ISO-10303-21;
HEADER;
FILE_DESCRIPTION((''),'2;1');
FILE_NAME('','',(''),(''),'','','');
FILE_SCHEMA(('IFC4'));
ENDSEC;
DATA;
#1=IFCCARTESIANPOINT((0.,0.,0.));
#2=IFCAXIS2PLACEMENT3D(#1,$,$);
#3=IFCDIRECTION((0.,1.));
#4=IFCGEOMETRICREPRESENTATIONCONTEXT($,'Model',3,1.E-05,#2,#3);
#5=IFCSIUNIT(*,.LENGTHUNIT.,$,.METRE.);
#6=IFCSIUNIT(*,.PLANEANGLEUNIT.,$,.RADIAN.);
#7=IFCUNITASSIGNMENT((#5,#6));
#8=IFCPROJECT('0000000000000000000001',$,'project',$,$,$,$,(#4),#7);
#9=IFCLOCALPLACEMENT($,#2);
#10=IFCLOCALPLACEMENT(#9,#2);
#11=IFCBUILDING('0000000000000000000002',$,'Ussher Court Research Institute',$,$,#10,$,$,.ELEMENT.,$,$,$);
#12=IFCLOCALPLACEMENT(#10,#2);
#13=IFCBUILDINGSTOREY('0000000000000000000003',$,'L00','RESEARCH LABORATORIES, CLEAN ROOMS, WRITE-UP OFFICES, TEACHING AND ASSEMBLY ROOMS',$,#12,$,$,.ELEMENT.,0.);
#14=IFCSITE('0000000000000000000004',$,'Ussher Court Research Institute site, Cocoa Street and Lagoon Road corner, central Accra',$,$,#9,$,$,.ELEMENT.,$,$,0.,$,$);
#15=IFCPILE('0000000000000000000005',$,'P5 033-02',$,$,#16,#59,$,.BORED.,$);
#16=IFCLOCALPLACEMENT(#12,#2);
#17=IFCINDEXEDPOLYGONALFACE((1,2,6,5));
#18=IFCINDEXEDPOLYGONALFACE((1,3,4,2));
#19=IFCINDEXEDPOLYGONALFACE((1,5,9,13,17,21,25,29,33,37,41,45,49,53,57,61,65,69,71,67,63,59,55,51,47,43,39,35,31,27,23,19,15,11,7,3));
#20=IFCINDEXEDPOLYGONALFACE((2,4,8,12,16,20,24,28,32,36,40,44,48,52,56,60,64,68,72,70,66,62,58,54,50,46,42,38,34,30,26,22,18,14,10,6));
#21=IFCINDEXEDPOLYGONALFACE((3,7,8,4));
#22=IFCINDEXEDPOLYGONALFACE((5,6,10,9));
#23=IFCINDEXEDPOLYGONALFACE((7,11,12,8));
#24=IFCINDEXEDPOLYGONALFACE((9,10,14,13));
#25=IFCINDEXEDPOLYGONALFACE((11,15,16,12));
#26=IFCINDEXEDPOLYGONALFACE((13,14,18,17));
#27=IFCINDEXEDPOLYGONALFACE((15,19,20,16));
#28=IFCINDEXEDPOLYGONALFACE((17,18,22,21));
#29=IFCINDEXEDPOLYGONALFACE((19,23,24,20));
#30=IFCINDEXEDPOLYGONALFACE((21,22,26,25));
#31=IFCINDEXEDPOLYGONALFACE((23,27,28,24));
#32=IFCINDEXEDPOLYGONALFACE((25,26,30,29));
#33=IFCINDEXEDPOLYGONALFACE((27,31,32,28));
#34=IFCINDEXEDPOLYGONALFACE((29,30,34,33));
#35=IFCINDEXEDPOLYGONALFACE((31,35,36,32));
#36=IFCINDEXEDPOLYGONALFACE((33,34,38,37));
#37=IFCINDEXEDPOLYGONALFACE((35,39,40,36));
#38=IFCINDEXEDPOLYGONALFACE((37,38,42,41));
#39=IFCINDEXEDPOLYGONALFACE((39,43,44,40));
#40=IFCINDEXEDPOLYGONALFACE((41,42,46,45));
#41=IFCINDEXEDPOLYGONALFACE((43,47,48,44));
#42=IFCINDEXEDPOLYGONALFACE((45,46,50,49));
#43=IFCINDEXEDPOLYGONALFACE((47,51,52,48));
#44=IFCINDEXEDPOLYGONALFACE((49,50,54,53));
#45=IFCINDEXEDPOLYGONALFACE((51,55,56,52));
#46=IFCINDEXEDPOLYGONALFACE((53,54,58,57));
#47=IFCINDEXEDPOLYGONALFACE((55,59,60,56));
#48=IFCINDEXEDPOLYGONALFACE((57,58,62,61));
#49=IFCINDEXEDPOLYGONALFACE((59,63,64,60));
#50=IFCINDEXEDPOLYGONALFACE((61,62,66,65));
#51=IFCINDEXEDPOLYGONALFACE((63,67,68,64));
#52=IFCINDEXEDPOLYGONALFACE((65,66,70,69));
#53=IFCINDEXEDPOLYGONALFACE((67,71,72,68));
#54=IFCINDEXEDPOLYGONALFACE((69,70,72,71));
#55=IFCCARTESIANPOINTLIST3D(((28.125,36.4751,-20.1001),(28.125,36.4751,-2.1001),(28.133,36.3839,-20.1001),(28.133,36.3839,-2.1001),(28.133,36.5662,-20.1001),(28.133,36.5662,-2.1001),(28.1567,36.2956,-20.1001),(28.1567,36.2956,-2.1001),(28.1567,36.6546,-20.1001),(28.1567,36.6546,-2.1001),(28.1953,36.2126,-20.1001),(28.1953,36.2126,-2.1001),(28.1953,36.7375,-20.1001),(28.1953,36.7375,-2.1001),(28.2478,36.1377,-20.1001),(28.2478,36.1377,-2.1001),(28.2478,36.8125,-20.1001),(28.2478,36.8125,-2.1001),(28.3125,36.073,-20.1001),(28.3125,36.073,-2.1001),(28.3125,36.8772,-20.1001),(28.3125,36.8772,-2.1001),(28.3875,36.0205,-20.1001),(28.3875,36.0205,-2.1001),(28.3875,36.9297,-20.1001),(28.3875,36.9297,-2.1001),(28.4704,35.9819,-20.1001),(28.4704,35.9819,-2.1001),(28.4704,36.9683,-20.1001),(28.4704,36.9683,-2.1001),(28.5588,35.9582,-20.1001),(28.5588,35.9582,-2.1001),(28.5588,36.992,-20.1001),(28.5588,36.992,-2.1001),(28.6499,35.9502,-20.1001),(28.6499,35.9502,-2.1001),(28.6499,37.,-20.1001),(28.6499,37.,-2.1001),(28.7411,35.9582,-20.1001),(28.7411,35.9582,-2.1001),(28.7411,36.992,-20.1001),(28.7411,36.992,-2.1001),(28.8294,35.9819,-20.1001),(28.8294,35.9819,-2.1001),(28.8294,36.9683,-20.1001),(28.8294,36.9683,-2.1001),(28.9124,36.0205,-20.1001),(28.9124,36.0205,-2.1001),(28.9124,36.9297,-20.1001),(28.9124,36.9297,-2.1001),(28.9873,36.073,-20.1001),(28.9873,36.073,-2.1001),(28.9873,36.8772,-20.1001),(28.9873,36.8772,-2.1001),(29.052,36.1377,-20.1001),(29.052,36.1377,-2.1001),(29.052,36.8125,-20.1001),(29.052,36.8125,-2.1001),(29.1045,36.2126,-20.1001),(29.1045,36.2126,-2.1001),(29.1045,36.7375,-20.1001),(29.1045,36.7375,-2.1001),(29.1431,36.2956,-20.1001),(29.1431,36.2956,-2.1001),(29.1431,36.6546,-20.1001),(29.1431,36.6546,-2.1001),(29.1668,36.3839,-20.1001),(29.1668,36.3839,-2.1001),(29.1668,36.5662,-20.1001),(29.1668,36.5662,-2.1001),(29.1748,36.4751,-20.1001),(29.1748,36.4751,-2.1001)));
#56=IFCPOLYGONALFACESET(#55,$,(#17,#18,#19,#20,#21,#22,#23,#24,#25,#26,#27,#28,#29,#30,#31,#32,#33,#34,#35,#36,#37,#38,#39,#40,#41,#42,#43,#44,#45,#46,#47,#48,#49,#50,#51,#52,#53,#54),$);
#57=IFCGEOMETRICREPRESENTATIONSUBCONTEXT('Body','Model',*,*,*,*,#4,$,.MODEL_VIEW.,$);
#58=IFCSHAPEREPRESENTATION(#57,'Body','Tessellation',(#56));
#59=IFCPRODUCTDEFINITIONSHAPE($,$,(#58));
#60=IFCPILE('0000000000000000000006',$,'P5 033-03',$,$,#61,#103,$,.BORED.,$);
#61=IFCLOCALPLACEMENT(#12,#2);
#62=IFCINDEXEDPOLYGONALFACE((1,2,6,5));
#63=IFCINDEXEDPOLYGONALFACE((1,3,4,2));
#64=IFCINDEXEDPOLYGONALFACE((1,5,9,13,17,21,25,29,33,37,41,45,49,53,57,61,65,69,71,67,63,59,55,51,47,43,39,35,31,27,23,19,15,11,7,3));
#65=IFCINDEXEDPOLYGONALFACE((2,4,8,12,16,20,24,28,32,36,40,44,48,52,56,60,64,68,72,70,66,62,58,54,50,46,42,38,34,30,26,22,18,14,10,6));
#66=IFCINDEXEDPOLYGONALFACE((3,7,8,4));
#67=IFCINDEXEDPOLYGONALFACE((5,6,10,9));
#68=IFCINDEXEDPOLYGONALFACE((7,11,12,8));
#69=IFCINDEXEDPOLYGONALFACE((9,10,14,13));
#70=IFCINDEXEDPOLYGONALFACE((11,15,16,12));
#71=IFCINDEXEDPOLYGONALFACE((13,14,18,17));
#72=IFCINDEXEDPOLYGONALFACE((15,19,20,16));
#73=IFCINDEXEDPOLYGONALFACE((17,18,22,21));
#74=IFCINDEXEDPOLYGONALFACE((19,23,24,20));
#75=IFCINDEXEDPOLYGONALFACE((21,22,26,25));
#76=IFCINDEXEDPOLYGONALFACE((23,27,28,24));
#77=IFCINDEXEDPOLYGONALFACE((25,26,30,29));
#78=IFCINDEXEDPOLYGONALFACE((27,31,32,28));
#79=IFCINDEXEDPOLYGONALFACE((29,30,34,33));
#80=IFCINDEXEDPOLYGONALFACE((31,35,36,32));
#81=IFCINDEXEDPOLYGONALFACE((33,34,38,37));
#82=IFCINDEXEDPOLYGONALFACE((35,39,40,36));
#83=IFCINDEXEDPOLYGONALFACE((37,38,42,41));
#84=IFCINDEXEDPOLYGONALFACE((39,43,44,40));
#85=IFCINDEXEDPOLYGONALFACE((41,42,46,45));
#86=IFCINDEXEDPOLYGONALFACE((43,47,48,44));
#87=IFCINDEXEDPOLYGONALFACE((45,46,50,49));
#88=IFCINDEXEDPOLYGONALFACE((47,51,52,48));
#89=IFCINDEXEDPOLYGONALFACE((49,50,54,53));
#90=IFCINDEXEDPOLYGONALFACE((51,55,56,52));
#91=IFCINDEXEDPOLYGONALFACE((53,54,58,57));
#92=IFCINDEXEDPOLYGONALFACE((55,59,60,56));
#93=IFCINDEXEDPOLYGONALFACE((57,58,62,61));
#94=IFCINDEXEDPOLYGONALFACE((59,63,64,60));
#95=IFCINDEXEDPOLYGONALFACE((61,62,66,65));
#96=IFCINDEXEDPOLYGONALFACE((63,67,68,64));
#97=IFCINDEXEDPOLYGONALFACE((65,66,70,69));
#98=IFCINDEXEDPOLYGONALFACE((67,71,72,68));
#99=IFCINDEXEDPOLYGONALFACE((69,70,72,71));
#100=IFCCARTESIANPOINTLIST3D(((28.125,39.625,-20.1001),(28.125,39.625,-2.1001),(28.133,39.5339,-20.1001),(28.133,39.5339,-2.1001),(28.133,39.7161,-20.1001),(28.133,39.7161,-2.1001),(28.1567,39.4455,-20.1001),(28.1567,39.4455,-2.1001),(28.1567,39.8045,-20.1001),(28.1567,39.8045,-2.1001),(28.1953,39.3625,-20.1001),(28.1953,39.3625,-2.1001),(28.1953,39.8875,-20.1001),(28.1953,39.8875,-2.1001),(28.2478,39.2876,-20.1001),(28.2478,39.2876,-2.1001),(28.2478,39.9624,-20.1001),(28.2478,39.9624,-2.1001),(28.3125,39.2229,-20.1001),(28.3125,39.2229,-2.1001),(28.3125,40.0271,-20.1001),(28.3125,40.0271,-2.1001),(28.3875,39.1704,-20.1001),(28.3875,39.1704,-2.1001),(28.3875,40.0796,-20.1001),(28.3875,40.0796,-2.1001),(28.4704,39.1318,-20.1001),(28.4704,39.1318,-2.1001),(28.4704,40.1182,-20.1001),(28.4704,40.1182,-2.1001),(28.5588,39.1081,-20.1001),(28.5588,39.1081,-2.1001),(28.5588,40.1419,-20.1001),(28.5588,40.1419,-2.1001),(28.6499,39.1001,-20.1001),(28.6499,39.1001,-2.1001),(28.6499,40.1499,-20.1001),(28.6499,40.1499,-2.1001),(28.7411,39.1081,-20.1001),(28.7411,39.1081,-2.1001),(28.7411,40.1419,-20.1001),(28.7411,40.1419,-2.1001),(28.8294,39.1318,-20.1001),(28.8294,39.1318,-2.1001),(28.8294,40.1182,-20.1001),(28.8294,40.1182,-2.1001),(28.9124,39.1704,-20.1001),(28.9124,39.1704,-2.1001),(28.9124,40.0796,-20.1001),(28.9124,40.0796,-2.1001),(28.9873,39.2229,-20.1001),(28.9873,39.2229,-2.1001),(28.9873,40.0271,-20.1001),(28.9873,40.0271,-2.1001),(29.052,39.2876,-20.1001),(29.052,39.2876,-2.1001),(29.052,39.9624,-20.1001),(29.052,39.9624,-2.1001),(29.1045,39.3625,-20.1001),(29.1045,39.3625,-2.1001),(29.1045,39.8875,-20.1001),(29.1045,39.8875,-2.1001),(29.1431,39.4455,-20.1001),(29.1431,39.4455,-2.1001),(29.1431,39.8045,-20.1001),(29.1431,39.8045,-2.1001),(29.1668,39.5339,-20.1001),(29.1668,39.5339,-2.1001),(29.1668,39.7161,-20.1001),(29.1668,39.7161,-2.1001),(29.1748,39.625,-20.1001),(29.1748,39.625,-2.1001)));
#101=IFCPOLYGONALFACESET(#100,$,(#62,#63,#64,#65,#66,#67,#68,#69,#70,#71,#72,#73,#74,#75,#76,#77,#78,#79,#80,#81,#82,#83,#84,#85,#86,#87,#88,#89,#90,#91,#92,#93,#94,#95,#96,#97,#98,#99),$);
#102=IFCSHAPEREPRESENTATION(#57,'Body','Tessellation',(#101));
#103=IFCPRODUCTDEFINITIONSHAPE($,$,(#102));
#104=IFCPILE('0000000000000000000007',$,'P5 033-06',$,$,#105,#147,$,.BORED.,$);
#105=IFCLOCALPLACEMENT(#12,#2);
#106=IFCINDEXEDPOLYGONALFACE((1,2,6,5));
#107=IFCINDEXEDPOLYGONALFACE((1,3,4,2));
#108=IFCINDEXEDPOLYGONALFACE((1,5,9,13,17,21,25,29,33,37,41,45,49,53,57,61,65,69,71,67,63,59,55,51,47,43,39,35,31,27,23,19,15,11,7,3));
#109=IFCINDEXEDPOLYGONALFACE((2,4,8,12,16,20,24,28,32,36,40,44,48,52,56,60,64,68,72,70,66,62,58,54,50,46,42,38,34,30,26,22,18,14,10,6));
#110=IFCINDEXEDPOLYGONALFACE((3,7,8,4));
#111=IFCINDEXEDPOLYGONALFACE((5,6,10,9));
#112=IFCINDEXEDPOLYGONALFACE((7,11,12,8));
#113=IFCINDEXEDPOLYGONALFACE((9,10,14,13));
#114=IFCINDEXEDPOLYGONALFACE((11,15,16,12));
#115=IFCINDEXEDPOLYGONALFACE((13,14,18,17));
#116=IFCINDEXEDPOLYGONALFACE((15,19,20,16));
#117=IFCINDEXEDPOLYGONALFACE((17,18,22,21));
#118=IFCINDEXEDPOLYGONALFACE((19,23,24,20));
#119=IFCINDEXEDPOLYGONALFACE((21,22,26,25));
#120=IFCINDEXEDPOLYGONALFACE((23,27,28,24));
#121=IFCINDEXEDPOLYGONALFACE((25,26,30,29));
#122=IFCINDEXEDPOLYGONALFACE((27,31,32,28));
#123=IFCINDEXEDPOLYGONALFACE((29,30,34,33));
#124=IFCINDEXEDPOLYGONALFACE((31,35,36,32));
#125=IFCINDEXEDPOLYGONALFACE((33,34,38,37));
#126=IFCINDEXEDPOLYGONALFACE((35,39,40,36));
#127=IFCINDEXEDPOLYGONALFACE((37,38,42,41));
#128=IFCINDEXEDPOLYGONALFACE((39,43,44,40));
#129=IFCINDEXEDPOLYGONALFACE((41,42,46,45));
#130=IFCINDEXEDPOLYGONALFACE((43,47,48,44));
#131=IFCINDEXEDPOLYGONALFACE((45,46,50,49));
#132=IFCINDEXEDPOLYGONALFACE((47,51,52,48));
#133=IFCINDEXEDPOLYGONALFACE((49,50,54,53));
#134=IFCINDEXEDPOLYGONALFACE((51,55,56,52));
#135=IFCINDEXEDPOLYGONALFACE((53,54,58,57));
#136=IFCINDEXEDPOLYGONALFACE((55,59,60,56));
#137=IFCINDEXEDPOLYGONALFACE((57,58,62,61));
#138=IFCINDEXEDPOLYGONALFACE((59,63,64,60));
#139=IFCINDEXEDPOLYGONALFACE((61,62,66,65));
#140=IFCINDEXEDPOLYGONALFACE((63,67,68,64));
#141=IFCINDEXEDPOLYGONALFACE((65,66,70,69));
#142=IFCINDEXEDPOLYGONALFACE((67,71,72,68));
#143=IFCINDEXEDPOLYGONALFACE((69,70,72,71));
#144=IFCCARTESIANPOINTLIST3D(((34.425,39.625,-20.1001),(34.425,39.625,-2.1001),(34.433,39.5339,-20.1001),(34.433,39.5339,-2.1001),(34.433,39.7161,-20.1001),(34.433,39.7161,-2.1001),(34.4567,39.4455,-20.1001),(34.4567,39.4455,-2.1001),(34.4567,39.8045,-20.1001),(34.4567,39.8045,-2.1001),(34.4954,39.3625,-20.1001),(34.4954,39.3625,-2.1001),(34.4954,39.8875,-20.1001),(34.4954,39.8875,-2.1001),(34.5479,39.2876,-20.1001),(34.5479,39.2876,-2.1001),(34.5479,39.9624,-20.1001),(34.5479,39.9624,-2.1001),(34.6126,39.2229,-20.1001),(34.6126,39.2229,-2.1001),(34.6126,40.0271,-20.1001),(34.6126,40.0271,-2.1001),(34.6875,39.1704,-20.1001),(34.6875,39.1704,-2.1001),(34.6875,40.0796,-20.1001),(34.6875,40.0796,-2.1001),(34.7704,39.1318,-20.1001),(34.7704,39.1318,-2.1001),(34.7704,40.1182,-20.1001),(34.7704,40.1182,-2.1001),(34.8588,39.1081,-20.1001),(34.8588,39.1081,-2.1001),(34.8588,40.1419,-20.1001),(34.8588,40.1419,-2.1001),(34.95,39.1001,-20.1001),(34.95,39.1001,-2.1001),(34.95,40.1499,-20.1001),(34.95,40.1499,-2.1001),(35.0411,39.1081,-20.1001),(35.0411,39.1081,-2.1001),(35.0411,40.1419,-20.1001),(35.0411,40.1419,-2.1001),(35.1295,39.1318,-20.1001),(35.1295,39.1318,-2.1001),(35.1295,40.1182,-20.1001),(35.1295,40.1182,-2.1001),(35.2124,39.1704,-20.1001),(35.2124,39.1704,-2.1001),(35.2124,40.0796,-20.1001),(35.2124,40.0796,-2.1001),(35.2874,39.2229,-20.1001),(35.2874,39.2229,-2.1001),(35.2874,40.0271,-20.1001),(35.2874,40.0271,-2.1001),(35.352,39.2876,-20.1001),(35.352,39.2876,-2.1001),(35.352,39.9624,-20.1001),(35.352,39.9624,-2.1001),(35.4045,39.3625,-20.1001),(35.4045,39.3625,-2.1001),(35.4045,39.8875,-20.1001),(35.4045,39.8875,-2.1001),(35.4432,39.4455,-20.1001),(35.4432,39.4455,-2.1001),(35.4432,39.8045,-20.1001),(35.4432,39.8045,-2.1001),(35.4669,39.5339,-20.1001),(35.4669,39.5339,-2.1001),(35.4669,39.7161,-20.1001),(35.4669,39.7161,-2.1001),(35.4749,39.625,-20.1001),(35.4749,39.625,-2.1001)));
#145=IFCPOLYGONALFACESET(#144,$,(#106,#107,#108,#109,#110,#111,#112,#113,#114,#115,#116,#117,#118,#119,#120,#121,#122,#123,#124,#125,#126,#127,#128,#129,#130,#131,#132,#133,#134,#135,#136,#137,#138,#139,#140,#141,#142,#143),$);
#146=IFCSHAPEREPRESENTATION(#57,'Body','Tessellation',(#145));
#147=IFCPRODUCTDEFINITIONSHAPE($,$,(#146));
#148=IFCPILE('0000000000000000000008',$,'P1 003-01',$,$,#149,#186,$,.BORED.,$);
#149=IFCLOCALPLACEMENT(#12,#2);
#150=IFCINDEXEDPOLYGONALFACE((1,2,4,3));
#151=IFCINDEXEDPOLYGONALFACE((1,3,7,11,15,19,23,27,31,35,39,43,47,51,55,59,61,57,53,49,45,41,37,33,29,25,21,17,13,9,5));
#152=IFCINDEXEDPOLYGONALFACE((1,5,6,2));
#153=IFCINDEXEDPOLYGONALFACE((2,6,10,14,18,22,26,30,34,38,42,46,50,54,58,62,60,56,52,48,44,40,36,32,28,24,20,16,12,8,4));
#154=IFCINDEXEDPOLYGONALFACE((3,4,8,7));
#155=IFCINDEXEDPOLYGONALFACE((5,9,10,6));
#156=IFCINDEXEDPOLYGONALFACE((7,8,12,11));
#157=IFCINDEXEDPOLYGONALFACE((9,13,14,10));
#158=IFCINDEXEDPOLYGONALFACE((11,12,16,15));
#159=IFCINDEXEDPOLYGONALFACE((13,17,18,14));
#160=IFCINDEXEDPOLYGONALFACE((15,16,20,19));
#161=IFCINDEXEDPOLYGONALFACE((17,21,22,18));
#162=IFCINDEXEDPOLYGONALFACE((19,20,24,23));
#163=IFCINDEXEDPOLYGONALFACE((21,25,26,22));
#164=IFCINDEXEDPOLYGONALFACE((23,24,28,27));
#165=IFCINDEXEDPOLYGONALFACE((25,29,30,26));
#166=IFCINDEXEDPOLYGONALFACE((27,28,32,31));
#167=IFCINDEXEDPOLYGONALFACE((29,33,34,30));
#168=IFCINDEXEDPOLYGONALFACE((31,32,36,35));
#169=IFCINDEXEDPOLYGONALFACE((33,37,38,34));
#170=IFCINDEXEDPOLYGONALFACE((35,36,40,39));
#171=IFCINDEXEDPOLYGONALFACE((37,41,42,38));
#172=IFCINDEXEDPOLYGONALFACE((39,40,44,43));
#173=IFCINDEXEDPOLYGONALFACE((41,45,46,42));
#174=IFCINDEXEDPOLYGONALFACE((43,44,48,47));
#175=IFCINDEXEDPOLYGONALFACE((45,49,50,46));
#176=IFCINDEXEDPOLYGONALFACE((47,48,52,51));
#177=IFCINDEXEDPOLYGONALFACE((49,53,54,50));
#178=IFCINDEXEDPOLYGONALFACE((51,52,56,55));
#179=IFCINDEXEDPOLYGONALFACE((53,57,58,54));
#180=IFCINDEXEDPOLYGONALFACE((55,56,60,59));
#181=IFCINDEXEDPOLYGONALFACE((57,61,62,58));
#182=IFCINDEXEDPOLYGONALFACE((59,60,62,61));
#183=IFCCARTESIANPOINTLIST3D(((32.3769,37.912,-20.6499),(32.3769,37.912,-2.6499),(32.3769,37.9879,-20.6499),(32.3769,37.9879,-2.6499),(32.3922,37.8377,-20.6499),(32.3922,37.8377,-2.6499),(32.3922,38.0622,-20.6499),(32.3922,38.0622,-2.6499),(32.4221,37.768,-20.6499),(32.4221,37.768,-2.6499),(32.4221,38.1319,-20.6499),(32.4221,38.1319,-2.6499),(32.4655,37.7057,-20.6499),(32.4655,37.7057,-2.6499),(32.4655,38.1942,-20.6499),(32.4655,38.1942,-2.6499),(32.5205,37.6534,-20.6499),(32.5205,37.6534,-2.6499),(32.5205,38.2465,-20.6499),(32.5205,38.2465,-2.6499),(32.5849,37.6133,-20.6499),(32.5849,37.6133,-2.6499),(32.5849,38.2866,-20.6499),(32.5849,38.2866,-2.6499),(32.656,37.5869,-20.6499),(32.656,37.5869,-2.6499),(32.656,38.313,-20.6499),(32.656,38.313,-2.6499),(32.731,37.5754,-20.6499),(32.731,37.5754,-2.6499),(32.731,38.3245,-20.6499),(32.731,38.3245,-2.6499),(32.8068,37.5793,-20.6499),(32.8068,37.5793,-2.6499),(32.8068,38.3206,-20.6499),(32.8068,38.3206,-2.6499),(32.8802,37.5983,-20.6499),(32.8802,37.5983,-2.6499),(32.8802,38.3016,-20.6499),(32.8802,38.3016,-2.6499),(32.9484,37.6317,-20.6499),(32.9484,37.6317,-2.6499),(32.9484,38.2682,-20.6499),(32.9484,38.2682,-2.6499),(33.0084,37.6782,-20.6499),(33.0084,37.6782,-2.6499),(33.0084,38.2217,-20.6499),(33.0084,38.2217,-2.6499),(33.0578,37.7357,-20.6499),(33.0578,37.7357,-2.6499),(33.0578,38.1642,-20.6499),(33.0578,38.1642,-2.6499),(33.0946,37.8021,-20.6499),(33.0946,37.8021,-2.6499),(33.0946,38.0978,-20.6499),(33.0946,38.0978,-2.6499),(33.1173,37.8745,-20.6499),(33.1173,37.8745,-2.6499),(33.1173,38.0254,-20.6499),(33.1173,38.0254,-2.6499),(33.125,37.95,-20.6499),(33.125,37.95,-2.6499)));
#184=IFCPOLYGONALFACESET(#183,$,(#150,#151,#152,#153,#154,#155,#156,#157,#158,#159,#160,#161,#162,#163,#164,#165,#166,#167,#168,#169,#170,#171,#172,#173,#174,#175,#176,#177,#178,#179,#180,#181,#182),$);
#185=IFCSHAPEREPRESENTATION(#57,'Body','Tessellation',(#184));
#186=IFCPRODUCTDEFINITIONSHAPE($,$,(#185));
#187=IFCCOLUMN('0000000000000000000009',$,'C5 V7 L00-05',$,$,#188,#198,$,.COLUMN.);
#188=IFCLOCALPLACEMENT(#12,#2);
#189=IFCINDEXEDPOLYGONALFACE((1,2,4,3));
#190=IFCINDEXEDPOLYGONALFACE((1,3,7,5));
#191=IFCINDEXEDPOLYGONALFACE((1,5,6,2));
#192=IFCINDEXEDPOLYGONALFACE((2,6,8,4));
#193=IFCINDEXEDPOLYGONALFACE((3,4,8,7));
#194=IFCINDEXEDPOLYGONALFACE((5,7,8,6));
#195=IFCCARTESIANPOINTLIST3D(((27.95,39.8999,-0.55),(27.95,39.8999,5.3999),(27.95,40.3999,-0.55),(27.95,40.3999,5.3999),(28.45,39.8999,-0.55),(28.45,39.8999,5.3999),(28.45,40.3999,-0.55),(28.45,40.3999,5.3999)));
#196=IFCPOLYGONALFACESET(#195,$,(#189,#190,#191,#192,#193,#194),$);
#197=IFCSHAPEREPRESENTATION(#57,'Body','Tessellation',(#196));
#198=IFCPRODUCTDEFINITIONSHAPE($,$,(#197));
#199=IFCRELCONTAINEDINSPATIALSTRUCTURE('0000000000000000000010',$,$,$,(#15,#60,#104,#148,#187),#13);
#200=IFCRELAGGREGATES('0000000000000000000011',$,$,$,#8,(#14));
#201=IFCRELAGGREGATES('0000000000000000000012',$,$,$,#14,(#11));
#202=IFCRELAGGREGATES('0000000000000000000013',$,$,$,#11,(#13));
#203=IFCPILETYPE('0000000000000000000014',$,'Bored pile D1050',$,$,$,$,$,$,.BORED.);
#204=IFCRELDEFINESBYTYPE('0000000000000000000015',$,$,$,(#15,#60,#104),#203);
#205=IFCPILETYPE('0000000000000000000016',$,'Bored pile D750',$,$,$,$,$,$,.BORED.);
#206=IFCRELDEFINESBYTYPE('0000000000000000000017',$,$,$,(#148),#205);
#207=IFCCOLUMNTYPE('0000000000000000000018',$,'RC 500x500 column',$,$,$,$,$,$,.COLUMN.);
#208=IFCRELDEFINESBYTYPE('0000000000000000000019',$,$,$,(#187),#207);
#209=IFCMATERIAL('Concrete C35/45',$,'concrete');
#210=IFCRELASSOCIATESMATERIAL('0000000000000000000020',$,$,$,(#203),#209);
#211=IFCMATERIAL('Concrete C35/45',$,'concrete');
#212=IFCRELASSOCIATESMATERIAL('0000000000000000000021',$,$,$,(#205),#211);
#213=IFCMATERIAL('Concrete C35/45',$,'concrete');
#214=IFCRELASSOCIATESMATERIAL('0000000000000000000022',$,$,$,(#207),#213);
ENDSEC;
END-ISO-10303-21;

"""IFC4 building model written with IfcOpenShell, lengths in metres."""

from ifc_helpers import new_model, si_unit, direction, frame, origin, origin_2d, place, context, subcontext, project, spatial, rectangle, circle, extrude, material, material_profile, profile_set, type_object, element, save


model = new_model("IFC4")

# Units and contexts
model_context = context("Model", 3, precision=1e-05, world=origin(), true_north=direction((0.0, 1.0)))
body_context = subcontext(model_context, "Body", "Model", "MODEL_VIEW")
ifc_project = project(units=[si_unit("LENGTHUNIT", "METRE"), si_unit("PLANEANGLEUNIT", "RADIAN")], contexts=[model_context])

# Site, building, storey
site_placement = place(None, origin())
site = spatial("IfcSite", under=ifc_project, at=site_placement, Name="Ussher Court Research Institute site, Cocoa Street and Lagoon Road corner, central Accra", CompositionType="ELEMENT", RefElevation=0.0)
building_placement = place(site_placement, origin())
building = spatial("IfcBuilding", under=site, at=building_placement, Name="Ussher Court Research Institute", CompositionType="ELEMENT")
storey_placement = place(building_placement, origin())
storey = spatial("IfcBuildingStorey", under=building, at=storey_placement, Name="L00", Description="RESEARCH LABORATORIES, CLEAN ROOMS, WRITE-UP OFFICES, TEACHING AND ASSEMBLY ROOMS", CompositionType="ELEMENT", Elevation=0.0)

# Piles
ifc_material_1 = material(Name="Concrete C35/45", Category="concrete")
ifc_material_profile_1 = material_profile(ifc_material_1, circle(Radius=0.5249, at=origin_2d()), Name="RC D1050")
ifc_profile_set_1 = profile_set([ifc_material_profile_1], Name="Concrete C35/45")
pile_type_1 = type_object("IfcPileType", Name="Bored pile D1050", PredefinedType="BORED", material=ifc_profile_set_1)
for number, where, z_axis, x_axis, name in (
    (1, (28.6499, 36.4751, -2.1001), (0.0, 0.0, -1.0), (1.0, 0.0, 0.0), "P5 033-02"),
    (2, (28.6499, 39.625, -2.1001), (0.0, 0.0, -1.0), (1.0, 0.0, 0.0), "P5 033-03"),
    (3, (34.95, 39.625, -2.1001), (0.0, 0.0, -1.0), (1.0, 0.0, 0.0), "P5 033-06"),
):
    element("IfcPile", number, at=place(storey_placement, frame(where, z_axis=z_axis, x_axis=x_axis)), inside=storey, type_object=pile_type_1, Name=name, PredefinedType="BORED", context=body_context, shape_type="SweptSolid", body=[
        extrude(circle(Radius=0.5249, at=origin_2d()), origin(), (0.0, 0.0, 1.0), 18.0),
    ])
ifc_material_2 = material(Name="Concrete C35/45", Category="concrete")
ifc_material_profile_2 = material_profile(ifc_material_2, circle(Radius=0.375, at=origin_2d()), Name="RC D750")
ifc_profile_set_2 = profile_set([ifc_material_profile_2], Name="Concrete C35/45")
pile_type_2 = type_object("IfcPileType", Name="Bored pile D750", PredefinedType="BORED", material=ifc_profile_set_2)
pile_placement = place(storey_placement, frame((32.75, 37.95, -2.6499), z_axis=(0.0, 0.0, -1.0), x_axis=(1.0, 0.0, 0.0)))
element("IfcPile", 4, at=pile_placement, inside=storey, type_object=pile_type_2, Name="P1 003-01", PredefinedType="BORED", context=body_context, shape_type="SweptSolid", body=[
    extrude(circle(Radius=0.375, at=origin_2d()), origin(), (0.0, 0.0, 1.0), 18.0),
])

# Column
ifc_material_3 = material(Name="Concrete C35/45", Category="concrete")
ifc_material_profile_3 = material_profile(ifc_material_3, rectangle(XDim=0.5, YDim=0.5, at=origin_2d()), Name="RC 500x500")
ifc_profile_set_3 = profile_set([ifc_material_profile_3], Name="Concrete C35/45")
column_type = type_object("IfcColumnType", Name="RC 500x500 column", PredefinedType="COLUMN", material=ifc_profile_set_3)
for number, where, z_axis, x_axis, name in (
    (5, (28.2, 40.1499, -0.55), (0.0, 0.0, 1.0), (1.0, 0.0, 0.0), "C5 V7 L00-05"),
):
    element("IfcColumn", number, at=place(storey_placement, frame(where, z_axis=z_axis, x_axis=x_axis)), inside=storey, type_object=column_type, Name=name, PredefinedType="COLUMN", context=body_context, shape_type="SweptSolid", body=[
        extrude(rectangle(XDim=0.5, YDim=0.5, at=origin_2d()), origin(), (0.0, 0.0, 1.0), 5.95),
    ])

save(model, "model.ifc")
